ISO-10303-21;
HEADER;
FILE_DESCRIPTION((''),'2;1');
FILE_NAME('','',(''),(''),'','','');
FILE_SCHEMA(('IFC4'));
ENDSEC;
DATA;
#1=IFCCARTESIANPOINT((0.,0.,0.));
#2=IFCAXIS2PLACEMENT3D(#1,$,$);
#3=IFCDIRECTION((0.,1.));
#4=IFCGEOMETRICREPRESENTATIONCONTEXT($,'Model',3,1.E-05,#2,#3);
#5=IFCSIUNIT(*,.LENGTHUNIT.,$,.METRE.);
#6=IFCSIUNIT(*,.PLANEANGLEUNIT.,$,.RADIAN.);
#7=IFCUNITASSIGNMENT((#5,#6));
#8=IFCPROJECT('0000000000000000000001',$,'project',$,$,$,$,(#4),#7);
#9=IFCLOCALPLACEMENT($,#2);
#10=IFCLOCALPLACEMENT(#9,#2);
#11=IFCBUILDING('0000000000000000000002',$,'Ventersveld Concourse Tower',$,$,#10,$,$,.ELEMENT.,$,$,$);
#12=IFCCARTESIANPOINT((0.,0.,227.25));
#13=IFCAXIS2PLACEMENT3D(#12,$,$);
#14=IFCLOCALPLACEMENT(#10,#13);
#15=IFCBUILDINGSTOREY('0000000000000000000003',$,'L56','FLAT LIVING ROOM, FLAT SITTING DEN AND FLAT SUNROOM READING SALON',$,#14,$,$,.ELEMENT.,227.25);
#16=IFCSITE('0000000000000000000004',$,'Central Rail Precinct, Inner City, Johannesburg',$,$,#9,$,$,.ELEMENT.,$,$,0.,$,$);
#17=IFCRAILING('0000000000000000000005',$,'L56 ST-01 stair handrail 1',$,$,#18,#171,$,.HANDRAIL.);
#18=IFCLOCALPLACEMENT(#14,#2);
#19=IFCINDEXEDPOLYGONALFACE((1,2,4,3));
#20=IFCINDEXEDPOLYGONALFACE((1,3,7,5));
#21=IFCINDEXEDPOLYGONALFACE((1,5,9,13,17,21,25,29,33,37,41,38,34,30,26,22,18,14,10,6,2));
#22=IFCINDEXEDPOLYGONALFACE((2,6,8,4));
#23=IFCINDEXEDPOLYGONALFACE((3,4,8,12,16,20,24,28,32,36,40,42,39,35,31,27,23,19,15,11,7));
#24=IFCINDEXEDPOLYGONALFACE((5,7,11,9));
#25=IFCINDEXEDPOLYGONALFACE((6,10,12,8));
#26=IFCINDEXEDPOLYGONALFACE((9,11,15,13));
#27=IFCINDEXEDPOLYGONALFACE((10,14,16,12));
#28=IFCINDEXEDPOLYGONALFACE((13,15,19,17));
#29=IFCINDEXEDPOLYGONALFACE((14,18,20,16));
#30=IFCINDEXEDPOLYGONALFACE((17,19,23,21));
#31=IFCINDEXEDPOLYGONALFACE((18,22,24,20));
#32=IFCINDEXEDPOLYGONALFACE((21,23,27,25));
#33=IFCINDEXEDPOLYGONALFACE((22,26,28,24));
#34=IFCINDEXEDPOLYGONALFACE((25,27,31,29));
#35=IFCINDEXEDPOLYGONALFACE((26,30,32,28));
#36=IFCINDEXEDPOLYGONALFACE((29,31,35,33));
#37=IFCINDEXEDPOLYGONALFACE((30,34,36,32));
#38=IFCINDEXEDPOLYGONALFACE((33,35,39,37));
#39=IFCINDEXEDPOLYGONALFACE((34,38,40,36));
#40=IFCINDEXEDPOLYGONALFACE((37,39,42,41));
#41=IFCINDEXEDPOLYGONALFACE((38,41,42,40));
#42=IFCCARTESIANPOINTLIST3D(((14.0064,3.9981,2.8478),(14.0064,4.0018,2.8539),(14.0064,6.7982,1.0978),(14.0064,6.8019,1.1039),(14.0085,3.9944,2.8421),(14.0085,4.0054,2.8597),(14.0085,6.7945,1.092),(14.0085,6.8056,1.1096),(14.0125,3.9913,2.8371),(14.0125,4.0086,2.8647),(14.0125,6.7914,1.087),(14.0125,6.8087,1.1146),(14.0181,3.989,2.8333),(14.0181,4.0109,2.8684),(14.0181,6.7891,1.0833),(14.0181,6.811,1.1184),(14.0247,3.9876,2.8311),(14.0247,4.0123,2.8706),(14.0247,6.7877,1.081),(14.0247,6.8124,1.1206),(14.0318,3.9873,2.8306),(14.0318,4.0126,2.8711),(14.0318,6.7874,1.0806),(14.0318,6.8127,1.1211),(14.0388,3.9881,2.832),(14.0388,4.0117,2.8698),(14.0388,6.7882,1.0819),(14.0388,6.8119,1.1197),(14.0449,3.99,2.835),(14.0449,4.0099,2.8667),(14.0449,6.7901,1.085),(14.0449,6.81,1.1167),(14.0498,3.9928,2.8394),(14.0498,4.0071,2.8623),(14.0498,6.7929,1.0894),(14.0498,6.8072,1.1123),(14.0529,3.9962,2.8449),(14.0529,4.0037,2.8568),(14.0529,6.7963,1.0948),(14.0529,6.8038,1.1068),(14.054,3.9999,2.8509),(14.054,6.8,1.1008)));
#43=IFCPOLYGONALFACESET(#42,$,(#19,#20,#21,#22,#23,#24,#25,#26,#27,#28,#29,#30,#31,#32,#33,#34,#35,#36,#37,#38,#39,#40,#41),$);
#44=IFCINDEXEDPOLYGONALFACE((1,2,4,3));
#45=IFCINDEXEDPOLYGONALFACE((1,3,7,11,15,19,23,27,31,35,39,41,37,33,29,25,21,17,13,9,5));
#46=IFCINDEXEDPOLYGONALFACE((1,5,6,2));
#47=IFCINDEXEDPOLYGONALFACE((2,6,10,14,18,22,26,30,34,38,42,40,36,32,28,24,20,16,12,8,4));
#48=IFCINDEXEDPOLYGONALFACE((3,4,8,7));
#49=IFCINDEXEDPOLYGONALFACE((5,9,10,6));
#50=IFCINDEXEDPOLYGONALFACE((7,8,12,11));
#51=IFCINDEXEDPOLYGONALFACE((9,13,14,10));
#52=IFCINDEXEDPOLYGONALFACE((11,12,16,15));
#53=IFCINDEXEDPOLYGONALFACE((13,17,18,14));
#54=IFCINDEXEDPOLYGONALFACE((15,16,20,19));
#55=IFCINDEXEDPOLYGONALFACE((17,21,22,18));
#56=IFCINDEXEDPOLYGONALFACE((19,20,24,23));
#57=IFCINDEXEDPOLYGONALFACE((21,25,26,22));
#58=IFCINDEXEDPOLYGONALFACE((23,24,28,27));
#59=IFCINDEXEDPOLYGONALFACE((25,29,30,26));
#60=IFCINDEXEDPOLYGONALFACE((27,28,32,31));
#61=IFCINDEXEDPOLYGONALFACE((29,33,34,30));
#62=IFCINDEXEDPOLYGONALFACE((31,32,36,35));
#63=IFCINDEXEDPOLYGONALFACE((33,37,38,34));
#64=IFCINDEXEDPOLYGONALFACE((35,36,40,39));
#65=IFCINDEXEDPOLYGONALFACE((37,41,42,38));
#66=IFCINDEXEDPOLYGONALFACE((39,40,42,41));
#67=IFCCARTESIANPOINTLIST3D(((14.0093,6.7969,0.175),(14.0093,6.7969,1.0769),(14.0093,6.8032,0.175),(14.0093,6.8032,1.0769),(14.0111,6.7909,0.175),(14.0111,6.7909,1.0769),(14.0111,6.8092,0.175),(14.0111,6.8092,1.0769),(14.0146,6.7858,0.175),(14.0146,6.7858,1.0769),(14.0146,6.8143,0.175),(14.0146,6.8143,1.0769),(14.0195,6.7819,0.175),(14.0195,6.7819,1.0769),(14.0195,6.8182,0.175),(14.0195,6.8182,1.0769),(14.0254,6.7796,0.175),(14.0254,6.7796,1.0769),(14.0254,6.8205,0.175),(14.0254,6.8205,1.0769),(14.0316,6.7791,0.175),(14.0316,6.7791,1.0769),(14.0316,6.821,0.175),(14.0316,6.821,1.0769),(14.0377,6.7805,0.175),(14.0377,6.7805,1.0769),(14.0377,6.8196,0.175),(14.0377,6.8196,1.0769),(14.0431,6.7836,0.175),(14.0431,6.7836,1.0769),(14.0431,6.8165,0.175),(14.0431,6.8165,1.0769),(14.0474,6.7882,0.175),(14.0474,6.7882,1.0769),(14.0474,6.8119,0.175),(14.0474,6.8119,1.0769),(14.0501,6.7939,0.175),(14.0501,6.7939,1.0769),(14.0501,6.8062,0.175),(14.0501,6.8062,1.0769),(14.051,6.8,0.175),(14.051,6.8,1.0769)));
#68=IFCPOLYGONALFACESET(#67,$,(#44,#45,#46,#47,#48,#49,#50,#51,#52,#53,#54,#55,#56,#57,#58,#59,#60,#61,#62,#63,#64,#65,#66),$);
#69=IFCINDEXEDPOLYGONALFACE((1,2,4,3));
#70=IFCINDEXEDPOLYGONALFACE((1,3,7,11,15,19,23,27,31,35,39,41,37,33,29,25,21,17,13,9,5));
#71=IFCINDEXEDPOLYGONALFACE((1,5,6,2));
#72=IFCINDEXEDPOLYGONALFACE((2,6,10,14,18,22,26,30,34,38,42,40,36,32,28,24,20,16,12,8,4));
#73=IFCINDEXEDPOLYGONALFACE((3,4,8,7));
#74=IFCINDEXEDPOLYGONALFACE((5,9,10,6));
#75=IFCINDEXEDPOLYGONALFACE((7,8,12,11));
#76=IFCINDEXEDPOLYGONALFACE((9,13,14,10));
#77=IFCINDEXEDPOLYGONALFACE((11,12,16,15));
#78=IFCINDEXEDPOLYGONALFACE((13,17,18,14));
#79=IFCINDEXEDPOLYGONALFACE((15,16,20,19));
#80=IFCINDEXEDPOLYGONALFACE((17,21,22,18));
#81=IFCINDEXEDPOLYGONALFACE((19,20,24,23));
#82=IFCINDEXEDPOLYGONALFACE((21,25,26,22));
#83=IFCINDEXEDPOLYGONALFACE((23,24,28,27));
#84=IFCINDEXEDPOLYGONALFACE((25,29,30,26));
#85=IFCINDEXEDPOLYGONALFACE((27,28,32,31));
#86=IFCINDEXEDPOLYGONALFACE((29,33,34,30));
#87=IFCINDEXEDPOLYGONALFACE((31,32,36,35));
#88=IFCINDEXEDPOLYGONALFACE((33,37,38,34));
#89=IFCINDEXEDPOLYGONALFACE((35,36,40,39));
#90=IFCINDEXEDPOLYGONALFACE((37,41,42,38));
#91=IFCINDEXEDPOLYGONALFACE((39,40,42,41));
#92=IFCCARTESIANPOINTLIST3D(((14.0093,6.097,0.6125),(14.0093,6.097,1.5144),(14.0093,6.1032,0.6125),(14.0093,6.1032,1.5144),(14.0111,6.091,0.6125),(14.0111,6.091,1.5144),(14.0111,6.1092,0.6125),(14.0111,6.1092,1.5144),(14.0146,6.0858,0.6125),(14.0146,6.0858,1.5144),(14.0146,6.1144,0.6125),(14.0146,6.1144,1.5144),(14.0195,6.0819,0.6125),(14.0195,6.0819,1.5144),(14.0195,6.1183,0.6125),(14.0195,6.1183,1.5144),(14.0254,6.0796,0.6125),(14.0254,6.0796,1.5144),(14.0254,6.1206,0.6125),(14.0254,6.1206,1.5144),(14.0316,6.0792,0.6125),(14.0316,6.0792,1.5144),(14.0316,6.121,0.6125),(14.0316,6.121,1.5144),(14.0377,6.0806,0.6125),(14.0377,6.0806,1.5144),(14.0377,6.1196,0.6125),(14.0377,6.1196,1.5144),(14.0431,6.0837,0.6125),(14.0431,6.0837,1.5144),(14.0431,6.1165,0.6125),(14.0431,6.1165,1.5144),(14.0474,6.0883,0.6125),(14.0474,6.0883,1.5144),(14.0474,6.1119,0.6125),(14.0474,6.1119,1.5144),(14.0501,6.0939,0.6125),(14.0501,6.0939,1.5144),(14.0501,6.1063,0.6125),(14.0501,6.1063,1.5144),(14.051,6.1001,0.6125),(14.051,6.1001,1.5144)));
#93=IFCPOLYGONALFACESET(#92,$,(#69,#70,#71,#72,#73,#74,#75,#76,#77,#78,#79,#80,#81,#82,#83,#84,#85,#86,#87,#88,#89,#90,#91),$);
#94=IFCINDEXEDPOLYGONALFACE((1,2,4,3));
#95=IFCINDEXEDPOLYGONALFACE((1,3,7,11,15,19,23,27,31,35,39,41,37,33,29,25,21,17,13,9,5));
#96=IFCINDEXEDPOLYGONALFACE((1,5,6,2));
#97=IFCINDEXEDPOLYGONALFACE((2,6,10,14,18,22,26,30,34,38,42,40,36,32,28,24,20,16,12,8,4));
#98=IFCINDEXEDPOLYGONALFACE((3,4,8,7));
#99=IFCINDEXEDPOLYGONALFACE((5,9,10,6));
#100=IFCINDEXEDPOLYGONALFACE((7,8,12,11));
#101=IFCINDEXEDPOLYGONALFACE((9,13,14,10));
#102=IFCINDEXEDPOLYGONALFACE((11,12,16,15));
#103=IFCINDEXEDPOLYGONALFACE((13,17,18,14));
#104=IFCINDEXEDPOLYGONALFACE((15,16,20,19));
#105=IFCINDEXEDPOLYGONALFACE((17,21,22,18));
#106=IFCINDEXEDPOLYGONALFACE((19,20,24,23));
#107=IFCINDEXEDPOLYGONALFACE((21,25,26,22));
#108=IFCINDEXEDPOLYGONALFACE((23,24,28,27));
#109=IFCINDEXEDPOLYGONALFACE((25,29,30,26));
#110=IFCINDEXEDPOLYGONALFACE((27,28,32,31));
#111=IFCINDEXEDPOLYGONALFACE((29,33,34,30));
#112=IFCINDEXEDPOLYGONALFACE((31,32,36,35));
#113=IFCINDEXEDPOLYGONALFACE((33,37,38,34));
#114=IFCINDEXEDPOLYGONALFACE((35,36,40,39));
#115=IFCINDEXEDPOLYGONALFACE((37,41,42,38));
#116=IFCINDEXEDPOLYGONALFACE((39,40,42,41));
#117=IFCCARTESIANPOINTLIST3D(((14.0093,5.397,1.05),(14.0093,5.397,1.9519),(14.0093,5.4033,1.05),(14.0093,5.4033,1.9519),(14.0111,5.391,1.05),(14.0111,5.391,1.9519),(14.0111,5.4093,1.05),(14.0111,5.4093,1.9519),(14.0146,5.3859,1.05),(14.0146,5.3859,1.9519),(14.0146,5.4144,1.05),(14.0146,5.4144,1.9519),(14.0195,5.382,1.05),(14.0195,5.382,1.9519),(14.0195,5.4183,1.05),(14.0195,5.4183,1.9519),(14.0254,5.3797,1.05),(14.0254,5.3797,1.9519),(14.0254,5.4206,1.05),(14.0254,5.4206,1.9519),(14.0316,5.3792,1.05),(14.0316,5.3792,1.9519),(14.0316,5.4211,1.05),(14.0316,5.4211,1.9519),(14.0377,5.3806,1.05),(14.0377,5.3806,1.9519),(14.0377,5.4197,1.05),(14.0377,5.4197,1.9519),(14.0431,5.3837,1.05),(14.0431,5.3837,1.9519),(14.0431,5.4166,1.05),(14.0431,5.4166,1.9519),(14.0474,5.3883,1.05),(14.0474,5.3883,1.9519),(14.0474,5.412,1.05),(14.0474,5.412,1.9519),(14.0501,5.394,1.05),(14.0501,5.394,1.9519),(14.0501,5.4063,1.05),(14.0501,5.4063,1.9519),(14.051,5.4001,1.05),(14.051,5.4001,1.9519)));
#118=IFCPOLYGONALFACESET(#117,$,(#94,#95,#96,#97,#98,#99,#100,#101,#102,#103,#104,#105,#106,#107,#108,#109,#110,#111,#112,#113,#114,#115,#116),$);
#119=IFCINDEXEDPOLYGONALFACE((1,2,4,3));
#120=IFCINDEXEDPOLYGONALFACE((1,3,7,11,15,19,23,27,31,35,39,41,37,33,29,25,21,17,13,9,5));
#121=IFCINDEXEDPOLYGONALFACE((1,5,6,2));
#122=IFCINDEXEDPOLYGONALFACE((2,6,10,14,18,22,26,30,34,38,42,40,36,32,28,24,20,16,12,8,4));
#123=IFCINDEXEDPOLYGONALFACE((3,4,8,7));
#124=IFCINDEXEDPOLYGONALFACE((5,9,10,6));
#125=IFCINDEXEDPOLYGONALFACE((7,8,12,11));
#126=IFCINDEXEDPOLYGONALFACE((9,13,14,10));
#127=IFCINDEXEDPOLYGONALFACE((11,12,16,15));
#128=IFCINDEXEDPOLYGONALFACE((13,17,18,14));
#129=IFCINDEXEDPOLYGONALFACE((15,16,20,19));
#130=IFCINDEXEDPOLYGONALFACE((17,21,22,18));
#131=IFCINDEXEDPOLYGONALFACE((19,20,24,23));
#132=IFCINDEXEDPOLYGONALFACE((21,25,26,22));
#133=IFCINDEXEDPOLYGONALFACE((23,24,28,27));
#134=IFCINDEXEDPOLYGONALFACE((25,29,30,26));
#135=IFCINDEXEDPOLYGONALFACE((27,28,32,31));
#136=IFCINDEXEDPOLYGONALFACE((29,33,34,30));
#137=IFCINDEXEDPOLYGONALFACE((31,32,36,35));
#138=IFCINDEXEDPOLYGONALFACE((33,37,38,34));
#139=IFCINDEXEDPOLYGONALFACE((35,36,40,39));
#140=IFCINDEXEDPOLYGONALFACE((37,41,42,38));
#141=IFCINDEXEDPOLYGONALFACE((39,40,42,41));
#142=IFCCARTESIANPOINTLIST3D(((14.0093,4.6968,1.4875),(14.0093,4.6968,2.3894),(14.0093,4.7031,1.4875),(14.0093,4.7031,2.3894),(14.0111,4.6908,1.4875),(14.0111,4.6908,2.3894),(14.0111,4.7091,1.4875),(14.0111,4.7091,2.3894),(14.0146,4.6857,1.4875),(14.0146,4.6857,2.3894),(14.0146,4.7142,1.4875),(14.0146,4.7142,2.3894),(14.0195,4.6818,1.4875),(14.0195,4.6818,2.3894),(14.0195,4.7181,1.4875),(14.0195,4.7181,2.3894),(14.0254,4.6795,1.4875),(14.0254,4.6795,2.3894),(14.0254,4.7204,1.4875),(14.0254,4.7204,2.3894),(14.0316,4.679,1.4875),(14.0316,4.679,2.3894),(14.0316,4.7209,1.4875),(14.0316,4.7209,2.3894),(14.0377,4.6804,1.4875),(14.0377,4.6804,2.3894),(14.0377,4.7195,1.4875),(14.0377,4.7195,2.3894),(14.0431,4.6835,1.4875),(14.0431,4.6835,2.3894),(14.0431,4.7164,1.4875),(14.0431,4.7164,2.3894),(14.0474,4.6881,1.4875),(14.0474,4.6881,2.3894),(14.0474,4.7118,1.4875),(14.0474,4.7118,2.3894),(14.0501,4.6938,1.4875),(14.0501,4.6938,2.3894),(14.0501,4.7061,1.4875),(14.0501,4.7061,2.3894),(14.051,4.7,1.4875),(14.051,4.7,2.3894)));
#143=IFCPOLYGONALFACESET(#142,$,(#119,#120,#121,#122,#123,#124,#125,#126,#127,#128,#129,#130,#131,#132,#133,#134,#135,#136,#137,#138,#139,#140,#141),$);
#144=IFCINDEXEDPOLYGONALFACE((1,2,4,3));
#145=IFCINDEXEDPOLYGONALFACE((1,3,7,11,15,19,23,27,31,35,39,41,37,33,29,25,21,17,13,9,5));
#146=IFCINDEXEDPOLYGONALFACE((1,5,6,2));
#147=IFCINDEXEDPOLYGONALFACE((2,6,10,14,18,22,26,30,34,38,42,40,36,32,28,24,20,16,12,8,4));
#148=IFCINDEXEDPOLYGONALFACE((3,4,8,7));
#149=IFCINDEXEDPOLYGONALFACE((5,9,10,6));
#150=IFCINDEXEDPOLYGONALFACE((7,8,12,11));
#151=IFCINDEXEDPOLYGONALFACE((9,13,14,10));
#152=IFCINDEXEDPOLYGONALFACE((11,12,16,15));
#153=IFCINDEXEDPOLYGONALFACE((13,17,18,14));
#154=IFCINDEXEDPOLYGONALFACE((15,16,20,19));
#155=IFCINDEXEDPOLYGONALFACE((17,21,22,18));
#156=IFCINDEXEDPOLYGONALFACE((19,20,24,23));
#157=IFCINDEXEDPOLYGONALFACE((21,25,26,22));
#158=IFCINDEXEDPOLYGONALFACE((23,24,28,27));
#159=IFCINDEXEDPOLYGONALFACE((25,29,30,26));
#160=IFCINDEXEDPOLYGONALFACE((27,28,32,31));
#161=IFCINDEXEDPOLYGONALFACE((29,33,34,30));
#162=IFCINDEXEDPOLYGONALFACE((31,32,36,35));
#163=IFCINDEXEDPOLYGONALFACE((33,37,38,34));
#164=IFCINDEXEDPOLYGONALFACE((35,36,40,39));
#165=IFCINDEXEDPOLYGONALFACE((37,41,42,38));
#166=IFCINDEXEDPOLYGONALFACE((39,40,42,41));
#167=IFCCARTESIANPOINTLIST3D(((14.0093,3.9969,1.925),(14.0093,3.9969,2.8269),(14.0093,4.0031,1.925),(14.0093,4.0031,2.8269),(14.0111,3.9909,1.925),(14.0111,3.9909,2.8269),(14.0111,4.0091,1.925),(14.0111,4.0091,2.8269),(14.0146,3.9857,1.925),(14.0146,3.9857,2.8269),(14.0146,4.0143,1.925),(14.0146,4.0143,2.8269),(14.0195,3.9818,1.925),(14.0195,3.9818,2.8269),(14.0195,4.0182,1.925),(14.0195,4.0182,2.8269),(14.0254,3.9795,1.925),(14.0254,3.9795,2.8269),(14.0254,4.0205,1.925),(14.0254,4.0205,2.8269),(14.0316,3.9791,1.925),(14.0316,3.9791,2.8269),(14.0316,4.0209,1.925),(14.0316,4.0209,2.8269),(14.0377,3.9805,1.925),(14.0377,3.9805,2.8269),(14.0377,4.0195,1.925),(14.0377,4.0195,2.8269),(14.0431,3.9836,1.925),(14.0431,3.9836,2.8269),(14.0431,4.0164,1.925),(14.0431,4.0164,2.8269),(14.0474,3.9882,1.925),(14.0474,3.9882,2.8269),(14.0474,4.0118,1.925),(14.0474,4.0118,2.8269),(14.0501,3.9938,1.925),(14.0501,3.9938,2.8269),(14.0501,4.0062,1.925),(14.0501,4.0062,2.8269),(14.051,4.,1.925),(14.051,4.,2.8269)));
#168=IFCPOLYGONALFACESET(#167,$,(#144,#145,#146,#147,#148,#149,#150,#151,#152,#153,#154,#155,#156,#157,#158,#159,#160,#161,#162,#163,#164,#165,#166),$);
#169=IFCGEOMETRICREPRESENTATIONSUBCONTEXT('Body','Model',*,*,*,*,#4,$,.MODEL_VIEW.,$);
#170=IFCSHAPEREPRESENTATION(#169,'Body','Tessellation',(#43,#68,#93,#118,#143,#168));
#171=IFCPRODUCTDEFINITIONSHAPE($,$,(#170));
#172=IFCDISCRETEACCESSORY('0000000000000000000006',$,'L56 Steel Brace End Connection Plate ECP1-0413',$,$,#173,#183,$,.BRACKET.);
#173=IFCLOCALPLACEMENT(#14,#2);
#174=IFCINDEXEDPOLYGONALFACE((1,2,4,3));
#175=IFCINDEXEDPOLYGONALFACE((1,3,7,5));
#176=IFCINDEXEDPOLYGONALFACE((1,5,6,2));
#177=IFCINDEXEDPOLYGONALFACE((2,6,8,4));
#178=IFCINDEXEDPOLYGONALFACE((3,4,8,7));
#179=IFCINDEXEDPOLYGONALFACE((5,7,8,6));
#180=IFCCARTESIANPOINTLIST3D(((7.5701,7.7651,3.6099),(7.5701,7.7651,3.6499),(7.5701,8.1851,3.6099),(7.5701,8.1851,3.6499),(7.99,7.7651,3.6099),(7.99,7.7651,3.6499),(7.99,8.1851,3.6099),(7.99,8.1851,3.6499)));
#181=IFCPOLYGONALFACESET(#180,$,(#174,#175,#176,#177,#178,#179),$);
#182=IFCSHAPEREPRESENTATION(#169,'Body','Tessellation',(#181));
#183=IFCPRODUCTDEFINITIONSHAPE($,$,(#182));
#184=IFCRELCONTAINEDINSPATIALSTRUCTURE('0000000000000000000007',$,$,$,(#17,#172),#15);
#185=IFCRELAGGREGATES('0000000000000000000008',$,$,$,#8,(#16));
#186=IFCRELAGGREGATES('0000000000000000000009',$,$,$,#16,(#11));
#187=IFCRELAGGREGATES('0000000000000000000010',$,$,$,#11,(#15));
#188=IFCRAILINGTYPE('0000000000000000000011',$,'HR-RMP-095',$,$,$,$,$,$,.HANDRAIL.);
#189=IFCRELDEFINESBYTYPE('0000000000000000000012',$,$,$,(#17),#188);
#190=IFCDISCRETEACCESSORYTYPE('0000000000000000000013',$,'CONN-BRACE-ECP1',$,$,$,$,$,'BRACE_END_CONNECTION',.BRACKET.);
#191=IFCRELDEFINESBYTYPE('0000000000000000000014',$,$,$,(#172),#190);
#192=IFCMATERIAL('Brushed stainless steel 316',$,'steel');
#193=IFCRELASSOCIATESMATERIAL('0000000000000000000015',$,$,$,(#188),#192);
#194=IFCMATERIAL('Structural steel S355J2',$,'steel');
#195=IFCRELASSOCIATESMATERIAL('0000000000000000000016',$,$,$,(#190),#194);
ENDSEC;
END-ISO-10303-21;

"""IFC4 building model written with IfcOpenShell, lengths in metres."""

from ifc_helpers import new_model, si_unit, direction, frame, origin, origin_2d, place, context, subcontext, project, spatial, rectangle, circle, extrude, material, type_object, element, save


model = new_model("IFC4")

# Units and contexts
model_context = context("Model", 3, precision=1e-05, world=origin(), true_north=direction((0.0, 1.0)))
body_context = subcontext(model_context, "Body", "Model", "MODEL_VIEW")
ifc_project = project(units=[si_unit("LENGTHUNIT", "METRE"), si_unit("PLANEANGLEUNIT", "RADIAN")], contexts=[model_context])

# Site, building, storey
site_placement = place(None, origin())
site = spatial("IfcSite", under=ifc_project, at=site_placement, Name="Central Rail Precinct, Inner City, Johannesburg", CompositionType="ELEMENT", RefElevation=0.0)
building_placement = place(site_placement, origin())
building = spatial("IfcBuilding", under=site, at=building_placement, Name="Ventersveld Concourse Tower", CompositionType="ELEMENT")
storey_placement = place(building_placement, frame((0.0, 0.0, 227.25)))
storey = spatial("IfcBuildingStorey", under=building, at=storey_placement, Name="L56", Description="FLAT LIVING ROOM, FLAT SITTING DEN AND FLAT SUNROOM READING SALON", CompositionType="ELEMENT", Elevation=227.25)

# Shared definitions
ifc_material_1 = material(Name="Structural steel S355J2", Category="steel")

# Railing
ifc_material_2 = material(Name="Brushed stainless steel 316", Category="steel")
railing_type_1 = type_object("IfcRailingType", Name="HR-RMP-095", PredefinedType="HANDRAIL", material=ifc_material_2)
railing_1_placement = place(storey_placement, frame((14.03, 6.8, 0.175)))
element("IfcRailing", 1, at=railing_1_placement, inside=storey, type_object=railing_type_1, Name="L56 ST-01 stair handrail 1", PredefinedType="HANDRAIL", context=body_context, shape_type="SweptSolid", body=[
    extrude(circle(Radius=0.0239, at=origin_2d()), frame((0.0, 0.0, 0.9258), z_axis=(0.0, -0.848002, 0.529992), x_axis=(1.0, 0.0, 0.0)), (0.0, 0.0, 1.0), 3.302),
    extrude(circle(Radius=0.021, at=origin_2d()), origin(), (0.0, 0.0, 1.0), 0.9019),
    extrude(circle(Radius=0.021, at=origin_2d()), frame((0.0, -0.7, 0.4375)), (0.0, 0.0, 1.0), 0.9019),
    extrude(circle(Radius=0.021, at=origin_2d()), frame((0.0, -1.3999, 0.875)), (0.0, 0.0, 1.0), 0.9019),
    extrude(circle(Radius=0.021, at=origin_2d()), frame((0.0, -2.1001, 1.3125)), (0.0, 0.0, 1.0), 0.9019),
    extrude(circle(Radius=0.021, at=origin_2d()), frame((0.0, -2.8, 1.75)), (0.0, 0.0, 1.0), 0.9019),
])

# Discrete accessory
discrete_accessory_type = type_object("IfcDiscreteAccessoryType", Name="CONN-BRACE-ECP1", ElementType="BRACE_END_CONNECTION", PredefinedType="BRACKET", material=ifc_material_1)
discrete_accessory_placement = place(storey_placement, frame((7.78, 7.9751, 3.6099), z_axis=(0.0, 0.0, 1.0), x_axis=(1.0, 0.0, 0.0)))
element("IfcDiscreteAccessory", 2, at=discrete_accessory_placement, inside=storey, type_object=discrete_accessory_type, Name="L56 Steel Brace End Connection Plate ECP1-0413", PredefinedType="BRACKET", context=body_context, shape_type="SweptSolid", body=[
    extrude(rectangle(XDim=0.4199, YDim=0.4199, at=origin_2d()), origin(), (0.0, 0.0, 1.0), 0.04),
])

save(model, "model.ifc")
